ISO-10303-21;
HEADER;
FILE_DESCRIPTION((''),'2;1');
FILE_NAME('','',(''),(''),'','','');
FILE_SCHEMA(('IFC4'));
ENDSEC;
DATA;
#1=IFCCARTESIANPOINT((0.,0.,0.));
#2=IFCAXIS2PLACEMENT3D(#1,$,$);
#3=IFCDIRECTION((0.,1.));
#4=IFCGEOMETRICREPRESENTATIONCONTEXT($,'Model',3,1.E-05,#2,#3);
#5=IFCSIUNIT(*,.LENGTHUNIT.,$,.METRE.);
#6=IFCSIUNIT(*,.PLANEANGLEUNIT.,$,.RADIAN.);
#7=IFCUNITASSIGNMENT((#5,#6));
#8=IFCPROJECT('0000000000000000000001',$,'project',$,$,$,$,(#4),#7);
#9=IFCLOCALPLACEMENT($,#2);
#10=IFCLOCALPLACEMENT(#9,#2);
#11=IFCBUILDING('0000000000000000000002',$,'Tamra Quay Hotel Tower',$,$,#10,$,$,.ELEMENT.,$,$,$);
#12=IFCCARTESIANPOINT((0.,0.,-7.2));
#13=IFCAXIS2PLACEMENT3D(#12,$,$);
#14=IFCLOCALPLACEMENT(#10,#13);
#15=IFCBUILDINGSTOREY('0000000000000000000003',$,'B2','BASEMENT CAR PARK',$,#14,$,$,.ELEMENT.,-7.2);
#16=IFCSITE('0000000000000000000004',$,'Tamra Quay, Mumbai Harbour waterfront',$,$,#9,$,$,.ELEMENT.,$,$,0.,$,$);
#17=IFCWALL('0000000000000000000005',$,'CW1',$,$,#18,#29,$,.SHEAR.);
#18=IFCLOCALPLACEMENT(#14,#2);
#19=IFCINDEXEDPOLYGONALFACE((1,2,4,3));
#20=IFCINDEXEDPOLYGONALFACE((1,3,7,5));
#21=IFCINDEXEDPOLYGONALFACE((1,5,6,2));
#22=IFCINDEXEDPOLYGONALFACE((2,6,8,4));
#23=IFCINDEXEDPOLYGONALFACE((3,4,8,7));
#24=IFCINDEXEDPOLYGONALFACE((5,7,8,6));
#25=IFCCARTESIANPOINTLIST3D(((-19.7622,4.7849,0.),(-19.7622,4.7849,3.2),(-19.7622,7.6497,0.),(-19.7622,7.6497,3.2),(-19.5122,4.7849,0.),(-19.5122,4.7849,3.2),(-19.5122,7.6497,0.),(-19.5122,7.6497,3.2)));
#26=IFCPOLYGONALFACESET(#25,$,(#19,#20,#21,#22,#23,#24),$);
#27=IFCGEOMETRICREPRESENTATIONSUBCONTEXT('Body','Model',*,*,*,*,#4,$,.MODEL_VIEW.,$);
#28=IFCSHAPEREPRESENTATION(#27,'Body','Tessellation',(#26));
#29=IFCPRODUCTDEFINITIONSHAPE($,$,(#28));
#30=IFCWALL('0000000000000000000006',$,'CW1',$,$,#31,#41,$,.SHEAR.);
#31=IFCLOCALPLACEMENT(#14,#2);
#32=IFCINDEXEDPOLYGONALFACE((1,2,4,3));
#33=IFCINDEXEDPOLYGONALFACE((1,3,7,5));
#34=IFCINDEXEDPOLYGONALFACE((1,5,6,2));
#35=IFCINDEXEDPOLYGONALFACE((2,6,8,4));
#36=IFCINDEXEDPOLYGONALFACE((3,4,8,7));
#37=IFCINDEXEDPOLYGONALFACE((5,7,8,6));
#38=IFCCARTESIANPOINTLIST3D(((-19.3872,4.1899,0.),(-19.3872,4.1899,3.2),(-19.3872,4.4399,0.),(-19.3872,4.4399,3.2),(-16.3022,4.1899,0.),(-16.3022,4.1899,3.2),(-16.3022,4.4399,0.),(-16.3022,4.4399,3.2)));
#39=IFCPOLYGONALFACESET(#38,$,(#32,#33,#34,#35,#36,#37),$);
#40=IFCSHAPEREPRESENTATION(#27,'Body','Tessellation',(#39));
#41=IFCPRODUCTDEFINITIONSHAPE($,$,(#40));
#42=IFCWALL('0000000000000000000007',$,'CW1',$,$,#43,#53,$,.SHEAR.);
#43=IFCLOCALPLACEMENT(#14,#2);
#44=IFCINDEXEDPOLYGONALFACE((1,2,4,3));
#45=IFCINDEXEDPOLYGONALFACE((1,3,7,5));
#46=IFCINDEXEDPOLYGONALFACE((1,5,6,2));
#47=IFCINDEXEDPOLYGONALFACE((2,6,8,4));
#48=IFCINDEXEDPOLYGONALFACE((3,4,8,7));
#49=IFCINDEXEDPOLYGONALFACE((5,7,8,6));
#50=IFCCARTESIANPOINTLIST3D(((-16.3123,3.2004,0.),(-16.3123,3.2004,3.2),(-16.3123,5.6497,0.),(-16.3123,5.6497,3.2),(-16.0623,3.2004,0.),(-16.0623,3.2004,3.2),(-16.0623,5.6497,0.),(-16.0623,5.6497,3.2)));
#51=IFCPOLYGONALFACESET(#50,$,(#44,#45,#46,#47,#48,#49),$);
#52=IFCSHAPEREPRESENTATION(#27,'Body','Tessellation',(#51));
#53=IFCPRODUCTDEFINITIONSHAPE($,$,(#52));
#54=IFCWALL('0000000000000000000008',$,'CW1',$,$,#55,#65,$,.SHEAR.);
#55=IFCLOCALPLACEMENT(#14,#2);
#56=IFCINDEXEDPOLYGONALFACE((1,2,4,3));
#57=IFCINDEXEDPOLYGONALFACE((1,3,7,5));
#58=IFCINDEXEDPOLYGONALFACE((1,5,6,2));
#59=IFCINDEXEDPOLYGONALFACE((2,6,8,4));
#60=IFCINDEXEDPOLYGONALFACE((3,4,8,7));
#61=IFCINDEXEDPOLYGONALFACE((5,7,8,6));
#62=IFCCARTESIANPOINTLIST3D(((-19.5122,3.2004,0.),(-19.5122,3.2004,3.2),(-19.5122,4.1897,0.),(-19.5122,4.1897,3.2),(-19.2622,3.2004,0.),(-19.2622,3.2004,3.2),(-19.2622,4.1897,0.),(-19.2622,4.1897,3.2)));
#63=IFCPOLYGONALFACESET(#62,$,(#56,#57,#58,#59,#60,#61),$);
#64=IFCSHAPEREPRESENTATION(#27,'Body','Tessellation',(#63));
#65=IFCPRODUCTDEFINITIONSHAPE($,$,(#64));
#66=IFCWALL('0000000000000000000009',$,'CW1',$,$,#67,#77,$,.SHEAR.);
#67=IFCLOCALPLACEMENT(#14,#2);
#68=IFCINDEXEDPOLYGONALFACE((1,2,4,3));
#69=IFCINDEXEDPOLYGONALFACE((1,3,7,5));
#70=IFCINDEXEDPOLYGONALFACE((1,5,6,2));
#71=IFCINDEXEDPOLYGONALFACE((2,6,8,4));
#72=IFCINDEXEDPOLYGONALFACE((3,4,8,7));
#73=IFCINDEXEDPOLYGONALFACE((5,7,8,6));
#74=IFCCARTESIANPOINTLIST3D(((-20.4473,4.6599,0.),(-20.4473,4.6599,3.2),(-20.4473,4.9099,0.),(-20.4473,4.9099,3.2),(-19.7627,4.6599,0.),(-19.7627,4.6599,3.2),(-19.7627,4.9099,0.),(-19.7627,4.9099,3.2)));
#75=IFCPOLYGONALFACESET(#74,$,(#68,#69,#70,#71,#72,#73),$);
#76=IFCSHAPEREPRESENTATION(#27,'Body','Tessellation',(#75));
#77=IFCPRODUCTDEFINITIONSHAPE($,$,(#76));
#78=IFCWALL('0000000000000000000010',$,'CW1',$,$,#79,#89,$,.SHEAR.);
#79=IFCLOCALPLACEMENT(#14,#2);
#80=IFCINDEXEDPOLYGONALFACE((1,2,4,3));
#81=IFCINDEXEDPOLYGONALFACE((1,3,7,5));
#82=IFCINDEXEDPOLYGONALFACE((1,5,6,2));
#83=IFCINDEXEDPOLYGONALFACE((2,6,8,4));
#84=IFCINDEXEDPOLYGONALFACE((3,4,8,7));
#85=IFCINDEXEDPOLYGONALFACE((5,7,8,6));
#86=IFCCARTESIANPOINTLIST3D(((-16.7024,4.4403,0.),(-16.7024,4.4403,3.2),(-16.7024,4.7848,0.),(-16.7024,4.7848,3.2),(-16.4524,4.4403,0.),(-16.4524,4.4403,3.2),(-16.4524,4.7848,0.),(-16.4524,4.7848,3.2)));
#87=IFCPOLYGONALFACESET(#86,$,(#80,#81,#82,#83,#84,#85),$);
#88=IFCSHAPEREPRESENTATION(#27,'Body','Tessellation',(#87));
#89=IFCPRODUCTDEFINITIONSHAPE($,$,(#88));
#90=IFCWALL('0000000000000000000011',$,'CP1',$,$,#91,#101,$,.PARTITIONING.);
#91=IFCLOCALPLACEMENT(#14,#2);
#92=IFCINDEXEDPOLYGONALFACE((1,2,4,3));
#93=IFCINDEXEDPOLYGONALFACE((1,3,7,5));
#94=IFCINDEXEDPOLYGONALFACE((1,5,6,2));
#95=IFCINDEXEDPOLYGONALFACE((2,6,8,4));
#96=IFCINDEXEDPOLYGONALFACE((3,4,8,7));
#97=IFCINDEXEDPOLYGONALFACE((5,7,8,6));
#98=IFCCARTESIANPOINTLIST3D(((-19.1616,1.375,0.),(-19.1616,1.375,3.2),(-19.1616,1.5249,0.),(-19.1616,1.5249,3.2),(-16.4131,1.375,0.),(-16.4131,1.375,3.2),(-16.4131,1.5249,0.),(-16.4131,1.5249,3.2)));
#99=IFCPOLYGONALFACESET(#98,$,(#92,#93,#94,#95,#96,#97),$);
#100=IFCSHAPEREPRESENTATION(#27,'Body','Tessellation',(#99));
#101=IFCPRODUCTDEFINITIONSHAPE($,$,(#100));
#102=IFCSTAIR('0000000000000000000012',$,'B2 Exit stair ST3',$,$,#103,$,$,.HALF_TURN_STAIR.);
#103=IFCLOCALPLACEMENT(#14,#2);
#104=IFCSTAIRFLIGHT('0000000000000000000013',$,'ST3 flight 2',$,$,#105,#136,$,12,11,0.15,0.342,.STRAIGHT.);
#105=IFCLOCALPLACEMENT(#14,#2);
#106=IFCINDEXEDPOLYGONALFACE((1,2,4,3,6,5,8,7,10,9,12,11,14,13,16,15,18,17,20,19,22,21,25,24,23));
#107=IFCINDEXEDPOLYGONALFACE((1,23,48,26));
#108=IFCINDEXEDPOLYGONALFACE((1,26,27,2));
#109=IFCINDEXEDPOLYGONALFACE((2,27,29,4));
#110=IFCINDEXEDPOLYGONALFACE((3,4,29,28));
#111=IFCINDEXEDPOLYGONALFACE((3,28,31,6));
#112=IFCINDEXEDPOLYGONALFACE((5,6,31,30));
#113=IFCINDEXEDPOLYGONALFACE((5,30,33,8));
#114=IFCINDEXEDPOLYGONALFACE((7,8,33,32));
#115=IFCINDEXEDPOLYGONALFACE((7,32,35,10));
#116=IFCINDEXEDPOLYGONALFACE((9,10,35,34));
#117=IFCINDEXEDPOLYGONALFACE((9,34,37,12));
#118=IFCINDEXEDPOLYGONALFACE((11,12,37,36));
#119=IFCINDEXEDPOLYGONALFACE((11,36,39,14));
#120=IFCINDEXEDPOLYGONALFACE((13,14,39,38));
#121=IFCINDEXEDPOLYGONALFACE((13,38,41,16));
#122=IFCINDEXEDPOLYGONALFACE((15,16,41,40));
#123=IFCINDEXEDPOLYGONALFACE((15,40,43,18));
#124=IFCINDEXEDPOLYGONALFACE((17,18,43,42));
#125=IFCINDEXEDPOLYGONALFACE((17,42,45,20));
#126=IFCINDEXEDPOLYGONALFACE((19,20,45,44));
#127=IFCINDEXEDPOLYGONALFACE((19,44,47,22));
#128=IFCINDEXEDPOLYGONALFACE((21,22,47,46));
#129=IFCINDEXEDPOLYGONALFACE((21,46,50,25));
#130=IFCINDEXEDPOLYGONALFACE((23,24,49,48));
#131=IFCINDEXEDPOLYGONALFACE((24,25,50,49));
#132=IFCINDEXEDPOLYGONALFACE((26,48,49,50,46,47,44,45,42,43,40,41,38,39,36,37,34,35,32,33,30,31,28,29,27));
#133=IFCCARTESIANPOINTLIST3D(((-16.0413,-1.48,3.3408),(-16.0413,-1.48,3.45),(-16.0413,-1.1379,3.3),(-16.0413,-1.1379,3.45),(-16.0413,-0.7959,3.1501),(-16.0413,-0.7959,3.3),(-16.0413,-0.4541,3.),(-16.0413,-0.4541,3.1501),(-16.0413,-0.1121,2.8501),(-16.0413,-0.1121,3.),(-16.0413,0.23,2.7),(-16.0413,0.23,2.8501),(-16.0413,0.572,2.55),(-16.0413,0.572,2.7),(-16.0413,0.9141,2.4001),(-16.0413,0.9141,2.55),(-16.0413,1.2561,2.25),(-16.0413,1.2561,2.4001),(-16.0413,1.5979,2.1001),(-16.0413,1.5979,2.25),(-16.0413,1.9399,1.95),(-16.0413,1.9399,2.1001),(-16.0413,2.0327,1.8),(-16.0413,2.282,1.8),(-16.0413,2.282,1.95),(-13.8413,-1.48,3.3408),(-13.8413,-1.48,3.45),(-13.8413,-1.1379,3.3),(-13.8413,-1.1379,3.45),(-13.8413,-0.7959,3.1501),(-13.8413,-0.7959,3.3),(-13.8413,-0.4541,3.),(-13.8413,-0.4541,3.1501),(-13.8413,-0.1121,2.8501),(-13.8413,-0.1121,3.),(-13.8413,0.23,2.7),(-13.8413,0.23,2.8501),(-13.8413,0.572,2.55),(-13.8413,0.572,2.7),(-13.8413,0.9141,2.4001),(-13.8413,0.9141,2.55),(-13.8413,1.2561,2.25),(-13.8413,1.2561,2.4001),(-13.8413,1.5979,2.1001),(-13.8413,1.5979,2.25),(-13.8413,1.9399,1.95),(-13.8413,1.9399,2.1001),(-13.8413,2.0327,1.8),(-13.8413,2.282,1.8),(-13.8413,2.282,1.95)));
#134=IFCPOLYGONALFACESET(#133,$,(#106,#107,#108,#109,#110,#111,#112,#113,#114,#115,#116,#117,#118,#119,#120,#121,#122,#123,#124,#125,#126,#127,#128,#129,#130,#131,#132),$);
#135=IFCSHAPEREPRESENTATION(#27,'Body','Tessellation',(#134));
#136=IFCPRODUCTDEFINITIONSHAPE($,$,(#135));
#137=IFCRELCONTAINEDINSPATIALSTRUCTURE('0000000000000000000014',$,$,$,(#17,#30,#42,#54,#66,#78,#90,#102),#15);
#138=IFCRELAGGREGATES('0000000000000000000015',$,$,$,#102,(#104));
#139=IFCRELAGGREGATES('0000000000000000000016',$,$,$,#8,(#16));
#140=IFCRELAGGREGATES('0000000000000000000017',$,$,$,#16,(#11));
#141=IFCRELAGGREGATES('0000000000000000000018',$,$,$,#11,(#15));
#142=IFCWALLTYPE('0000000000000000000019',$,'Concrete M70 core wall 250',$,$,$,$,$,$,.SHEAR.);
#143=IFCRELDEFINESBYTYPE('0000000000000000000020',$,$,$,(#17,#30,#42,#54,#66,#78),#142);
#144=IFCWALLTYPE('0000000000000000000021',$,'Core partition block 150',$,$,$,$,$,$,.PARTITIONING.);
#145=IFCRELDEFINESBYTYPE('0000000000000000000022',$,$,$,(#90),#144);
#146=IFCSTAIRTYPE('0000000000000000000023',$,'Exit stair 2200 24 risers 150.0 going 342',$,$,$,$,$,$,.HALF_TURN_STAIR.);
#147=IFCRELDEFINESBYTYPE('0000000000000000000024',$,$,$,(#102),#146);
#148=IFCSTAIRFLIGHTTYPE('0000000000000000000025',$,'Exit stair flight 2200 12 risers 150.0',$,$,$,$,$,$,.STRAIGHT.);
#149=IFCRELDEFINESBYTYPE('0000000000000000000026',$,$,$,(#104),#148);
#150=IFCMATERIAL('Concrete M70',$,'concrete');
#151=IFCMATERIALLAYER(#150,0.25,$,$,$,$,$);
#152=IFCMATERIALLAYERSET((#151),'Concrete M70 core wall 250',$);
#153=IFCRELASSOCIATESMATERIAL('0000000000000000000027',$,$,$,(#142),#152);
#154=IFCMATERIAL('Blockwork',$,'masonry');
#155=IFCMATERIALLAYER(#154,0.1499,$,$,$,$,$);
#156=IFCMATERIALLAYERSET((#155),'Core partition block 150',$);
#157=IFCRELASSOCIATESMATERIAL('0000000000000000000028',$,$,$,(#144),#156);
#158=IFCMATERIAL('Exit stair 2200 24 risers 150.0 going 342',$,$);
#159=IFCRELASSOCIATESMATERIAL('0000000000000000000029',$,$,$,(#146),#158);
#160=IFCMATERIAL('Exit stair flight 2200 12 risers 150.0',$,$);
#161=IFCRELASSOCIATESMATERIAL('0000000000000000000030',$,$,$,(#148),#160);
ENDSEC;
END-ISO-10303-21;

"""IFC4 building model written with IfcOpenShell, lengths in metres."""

from ifc_helpers import new_model, si_unit, direction, frame, frame_2d, origin, place, context, subcontext, project, spatial, polyline, rectangle, outline, extrude, material, layer, layer_set, type_object, element, aggregate, save


model = new_model("IFC4")

# Units and contexts
model_context = context("Model", 3, precision=1e-05, world=origin(), true_north=direction((0.0, 1.0)))
body_context = subcontext(model_context, "Body", "Model", "MODEL_VIEW")
ifc_project = project(units=[si_unit("LENGTHUNIT", "METRE"), si_unit("PLANEANGLEUNIT", "RADIAN")], contexts=[model_context])

# Site, building, storey
site_placement = place(None, origin())
site = spatial("IfcSite", under=ifc_project, at=site_placement, Name="Tamra Quay, Mumbai Harbour waterfront", CompositionType="ELEMENT", RefElevation=0.0)
building_placement = place(site_placement, origin())
building = spatial("IfcBuilding", under=site, at=building_placement, Name="Tamra Quay Hotel Tower", CompositionType="ELEMENT")
storey_placement = place(building_placement, frame((0.0, 0.0, -7.2)))
storey = spatial("IfcBuildingStorey", under=building, at=storey_placement, Name="B2", Description="BASEMENT CAR PARK", CompositionType="ELEMENT", Elevation=-7.2)

# Shared definitions
ifc_material_1 = material(Name="Concrete M70", Category="concrete")

# Shared definitions
ifc_material_2 = material(Name="Blockwork", Category="masonry")

# Walls
ifc_layer_1 = layer(ifc_material_1, 0.25)
ifc_layer_set_1 = layer_set([ifc_layer_1], Name="Concrete M70 core wall 250")
wall_type_1 = type_object("IfcWallType", Name="Concrete M70 core wall 250", PredefinedType="SHEAR", material=ifc_layer_set_1)
for number, where, z_axis, x_axis, name in (
    (1, (-19.6372, 4.7849, 0.0), (0.0, 0.0, 1.0), (0.0, 1.0, 0.0), "CW1"),
):
    element("IfcWall", number, at=place(storey_placement, frame(where, z_axis=z_axis, x_axis=x_axis)), inside=storey, type_object=wall_type_1, Name=name, PredefinedType="SHEAR", context=body_context, shape_type="SweptSolid", body=[
        extrude(rectangle(XDim=2.8647, YDim=0.25, at=frame_2d((1.4324, 0.0))), origin(), (0.0, 0.0, 1.0), 3.2),
    ])
wall_1_placement = place(storey_placement, frame((-16.3022, 4.3149, 0.0), z_axis=(0.0, 0.0, 1.0), x_axis=(-1.0, 0.0, 0.0)))
element("IfcWall", 2, at=wall_1_placement, inside=storey, type_object=wall_type_1, Name="CW1", PredefinedType="SHEAR", context=body_context, shape_type="SweptSolid", body=[
    extrude(rectangle(XDim=3.085, YDim=0.25, at=frame_2d((1.5425, 0.0))), origin(), (0.0, 0.0, 1.0), 3.2),
])
wall_2_placement = place(storey_placement, frame((-16.1873, 3.2004, 0.0), z_axis=(0.0, 0.0, 1.0), x_axis=(0.0, 1.0, 0.0)))
element("IfcWall", 3, at=wall_2_placement, inside=storey, type_object=wall_type_1, Name="CW1", PredefinedType="SHEAR", context=body_context, shape_type="SweptSolid", body=[
    extrude(rectangle(XDim=2.4492, YDim=0.25, at=frame_2d((1.2246, 0.0))), origin(), (0.0, 0.0, 1.0), 3.2),
])
wall_3_placement = place(storey_placement, frame((-19.3872, 4.1897, 0.0), z_axis=(0.0, 0.0, 1.0), x_axis=(0.0, -1.0, 0.0)))
element("IfcWall", 4, at=wall_3_placement, inside=storey, type_object=wall_type_1, Name="CW1", PredefinedType="SHEAR", context=body_context, shape_type="SweptSolid", body=[
    extrude(rectangle(XDim=0.9893, YDim=0.25, at=frame_2d((0.4946, 0.0))), origin(), (0.0, 0.0, 1.0), 3.2),
])
wall_4_placement = place(storey_placement, frame((-20.4473, 4.7849, 0.0), z_axis=(0.0, 0.0, 1.0), x_axis=(1.0, 0.0, 0.0)))
element("IfcWall", 5, at=wall_4_placement, inside=storey, type_object=wall_type_1, Name="CW1", PredefinedType="SHEAR", context=body_context, shape_type="SweptSolid", body=[
    extrude(rectangle(XDim=0.6846, YDim=0.25, at=frame_2d((0.3423, 0.0))), origin(), (0.0, 0.0, 1.0), 3.2),
])
wall_5_placement = place(storey_placement, frame((-16.5774, 4.7849, 0.0), z_axis=(0.0, 0.0, 1.0), x_axis=(0.0, -1.0, 0.0)))
element("IfcWall", 6, at=wall_5_placement, inside=storey, type_object=wall_type_1, Name="CW1", PredefinedType="SHEAR", context=body_context, shape_type="SweptSolid", body=[
    extrude(rectangle(XDim=0.3445, YDim=0.25, at=frame_2d((0.1724, 0.0))), origin(), (0.0, 0.0, 1.0), 3.2),
])
ifc_layer_2 = layer(ifc_material_2, 0.1499)
ifc_layer_set_2 = layer_set([ifc_layer_2], Name="Core partition block 150")
wall_type_2 = type_object("IfcWallType", Name="Core partition block 150", PredefinedType="PARTITIONING", material=ifc_layer_set_2)
wall_6_placement = place(storey_placement, frame((-16.4131, 1.45, 0.0), z_axis=(0.0, 0.0, 1.0), x_axis=(-1.0, 0.0, 0.0)))
element("IfcWall", 7, at=wall_6_placement, inside=storey, type_object=wall_type_2, Name="CP1", PredefinedType="PARTITIONING", context=body_context, shape_type="SweptSolid", body=[
    extrude(rectangle(XDim=2.7485, YDim=0.1499, at=frame_2d((1.3743, 0.0))), origin(), (0.0, 0.0, 1.0), 3.2),
])

# Stair, stair flight
ifc_material_3 = material(Name="Exit stair 2200 24 risers 150.0 going 342")
stair_type = type_object("IfcStairType", Name="Exit stair 2200 24 risers 150.0 going 342", PredefinedType="HALF_TURN_STAIR", material=ifc_material_3)
stair_placement = place(storey_placement, origin())
stair = element("IfcStair", 8, at=stair_placement, inside=storey, type_object=stair_type, Name="B2 Exit stair ST3", PredefinedType="HALF_TURN_STAIR")
ifc_material_4 = material(Name="Exit stair flight 2200 12 risers 150.0")
stair_flight_type = type_object("IfcStairFlightType", Name="Exit stair flight 2200 12 risers 150.0", PredefinedType="STRAIGHT", material=ifc_material_4)
stair_flight_placement = place(storey_placement, frame((-14.9414, 2.282, 1.8), z_axis=(0.0, 0.0, 1.0), x_axis=(0.0, -1.0, 0.0)))
stair_flight = element("IfcStairFlight", 9, at=stair_flight_placement, type_object=stair_flight_type, Name="ST3 flight 2", NumberOfRisers=12, NumberOfTreads=11, PredefinedType="STRAIGHT", RiserHeight=0.15, TreadLength=0.342, context=body_context, shape_type="SweptSolid", body=[
    extrude(outline(polyline([(0.0, 0.0), (0.0, 0.1499), (0.342, 0.1499), (0.342, 0.3), (0.6841, 0.3), (0.6841, 0.45), (1.0259, 0.45), (1.0259, 0.6001), (1.3679, 0.6001), (1.3679, 0.75), (1.71, 0.75), (1.71, 0.8999), (2.052, 0.8999), (2.052, 1.05), (2.394, 1.05), (2.394, 1.2), (2.7361, 1.2), (2.7361, 1.3501), (3.0779, 1.3501), (3.0779, 1.5), (3.4199, 1.5), (3.4199, 1.6499), (3.762, 1.6499), (3.762, 1.8), (3.762, 1.5408), (0.2493, 0.0), (0.0, 0.0)])), frame((0.0, 1.1001, 0.0), z_axis=(0.0, -1.0, 0.0), x_axis=(1.0, 0.0, 0.0)), (0.0, 0.0, 1.0), 2.2),
])
aggregate(stair, [stair_flight])

save(model, "model.ifc")
